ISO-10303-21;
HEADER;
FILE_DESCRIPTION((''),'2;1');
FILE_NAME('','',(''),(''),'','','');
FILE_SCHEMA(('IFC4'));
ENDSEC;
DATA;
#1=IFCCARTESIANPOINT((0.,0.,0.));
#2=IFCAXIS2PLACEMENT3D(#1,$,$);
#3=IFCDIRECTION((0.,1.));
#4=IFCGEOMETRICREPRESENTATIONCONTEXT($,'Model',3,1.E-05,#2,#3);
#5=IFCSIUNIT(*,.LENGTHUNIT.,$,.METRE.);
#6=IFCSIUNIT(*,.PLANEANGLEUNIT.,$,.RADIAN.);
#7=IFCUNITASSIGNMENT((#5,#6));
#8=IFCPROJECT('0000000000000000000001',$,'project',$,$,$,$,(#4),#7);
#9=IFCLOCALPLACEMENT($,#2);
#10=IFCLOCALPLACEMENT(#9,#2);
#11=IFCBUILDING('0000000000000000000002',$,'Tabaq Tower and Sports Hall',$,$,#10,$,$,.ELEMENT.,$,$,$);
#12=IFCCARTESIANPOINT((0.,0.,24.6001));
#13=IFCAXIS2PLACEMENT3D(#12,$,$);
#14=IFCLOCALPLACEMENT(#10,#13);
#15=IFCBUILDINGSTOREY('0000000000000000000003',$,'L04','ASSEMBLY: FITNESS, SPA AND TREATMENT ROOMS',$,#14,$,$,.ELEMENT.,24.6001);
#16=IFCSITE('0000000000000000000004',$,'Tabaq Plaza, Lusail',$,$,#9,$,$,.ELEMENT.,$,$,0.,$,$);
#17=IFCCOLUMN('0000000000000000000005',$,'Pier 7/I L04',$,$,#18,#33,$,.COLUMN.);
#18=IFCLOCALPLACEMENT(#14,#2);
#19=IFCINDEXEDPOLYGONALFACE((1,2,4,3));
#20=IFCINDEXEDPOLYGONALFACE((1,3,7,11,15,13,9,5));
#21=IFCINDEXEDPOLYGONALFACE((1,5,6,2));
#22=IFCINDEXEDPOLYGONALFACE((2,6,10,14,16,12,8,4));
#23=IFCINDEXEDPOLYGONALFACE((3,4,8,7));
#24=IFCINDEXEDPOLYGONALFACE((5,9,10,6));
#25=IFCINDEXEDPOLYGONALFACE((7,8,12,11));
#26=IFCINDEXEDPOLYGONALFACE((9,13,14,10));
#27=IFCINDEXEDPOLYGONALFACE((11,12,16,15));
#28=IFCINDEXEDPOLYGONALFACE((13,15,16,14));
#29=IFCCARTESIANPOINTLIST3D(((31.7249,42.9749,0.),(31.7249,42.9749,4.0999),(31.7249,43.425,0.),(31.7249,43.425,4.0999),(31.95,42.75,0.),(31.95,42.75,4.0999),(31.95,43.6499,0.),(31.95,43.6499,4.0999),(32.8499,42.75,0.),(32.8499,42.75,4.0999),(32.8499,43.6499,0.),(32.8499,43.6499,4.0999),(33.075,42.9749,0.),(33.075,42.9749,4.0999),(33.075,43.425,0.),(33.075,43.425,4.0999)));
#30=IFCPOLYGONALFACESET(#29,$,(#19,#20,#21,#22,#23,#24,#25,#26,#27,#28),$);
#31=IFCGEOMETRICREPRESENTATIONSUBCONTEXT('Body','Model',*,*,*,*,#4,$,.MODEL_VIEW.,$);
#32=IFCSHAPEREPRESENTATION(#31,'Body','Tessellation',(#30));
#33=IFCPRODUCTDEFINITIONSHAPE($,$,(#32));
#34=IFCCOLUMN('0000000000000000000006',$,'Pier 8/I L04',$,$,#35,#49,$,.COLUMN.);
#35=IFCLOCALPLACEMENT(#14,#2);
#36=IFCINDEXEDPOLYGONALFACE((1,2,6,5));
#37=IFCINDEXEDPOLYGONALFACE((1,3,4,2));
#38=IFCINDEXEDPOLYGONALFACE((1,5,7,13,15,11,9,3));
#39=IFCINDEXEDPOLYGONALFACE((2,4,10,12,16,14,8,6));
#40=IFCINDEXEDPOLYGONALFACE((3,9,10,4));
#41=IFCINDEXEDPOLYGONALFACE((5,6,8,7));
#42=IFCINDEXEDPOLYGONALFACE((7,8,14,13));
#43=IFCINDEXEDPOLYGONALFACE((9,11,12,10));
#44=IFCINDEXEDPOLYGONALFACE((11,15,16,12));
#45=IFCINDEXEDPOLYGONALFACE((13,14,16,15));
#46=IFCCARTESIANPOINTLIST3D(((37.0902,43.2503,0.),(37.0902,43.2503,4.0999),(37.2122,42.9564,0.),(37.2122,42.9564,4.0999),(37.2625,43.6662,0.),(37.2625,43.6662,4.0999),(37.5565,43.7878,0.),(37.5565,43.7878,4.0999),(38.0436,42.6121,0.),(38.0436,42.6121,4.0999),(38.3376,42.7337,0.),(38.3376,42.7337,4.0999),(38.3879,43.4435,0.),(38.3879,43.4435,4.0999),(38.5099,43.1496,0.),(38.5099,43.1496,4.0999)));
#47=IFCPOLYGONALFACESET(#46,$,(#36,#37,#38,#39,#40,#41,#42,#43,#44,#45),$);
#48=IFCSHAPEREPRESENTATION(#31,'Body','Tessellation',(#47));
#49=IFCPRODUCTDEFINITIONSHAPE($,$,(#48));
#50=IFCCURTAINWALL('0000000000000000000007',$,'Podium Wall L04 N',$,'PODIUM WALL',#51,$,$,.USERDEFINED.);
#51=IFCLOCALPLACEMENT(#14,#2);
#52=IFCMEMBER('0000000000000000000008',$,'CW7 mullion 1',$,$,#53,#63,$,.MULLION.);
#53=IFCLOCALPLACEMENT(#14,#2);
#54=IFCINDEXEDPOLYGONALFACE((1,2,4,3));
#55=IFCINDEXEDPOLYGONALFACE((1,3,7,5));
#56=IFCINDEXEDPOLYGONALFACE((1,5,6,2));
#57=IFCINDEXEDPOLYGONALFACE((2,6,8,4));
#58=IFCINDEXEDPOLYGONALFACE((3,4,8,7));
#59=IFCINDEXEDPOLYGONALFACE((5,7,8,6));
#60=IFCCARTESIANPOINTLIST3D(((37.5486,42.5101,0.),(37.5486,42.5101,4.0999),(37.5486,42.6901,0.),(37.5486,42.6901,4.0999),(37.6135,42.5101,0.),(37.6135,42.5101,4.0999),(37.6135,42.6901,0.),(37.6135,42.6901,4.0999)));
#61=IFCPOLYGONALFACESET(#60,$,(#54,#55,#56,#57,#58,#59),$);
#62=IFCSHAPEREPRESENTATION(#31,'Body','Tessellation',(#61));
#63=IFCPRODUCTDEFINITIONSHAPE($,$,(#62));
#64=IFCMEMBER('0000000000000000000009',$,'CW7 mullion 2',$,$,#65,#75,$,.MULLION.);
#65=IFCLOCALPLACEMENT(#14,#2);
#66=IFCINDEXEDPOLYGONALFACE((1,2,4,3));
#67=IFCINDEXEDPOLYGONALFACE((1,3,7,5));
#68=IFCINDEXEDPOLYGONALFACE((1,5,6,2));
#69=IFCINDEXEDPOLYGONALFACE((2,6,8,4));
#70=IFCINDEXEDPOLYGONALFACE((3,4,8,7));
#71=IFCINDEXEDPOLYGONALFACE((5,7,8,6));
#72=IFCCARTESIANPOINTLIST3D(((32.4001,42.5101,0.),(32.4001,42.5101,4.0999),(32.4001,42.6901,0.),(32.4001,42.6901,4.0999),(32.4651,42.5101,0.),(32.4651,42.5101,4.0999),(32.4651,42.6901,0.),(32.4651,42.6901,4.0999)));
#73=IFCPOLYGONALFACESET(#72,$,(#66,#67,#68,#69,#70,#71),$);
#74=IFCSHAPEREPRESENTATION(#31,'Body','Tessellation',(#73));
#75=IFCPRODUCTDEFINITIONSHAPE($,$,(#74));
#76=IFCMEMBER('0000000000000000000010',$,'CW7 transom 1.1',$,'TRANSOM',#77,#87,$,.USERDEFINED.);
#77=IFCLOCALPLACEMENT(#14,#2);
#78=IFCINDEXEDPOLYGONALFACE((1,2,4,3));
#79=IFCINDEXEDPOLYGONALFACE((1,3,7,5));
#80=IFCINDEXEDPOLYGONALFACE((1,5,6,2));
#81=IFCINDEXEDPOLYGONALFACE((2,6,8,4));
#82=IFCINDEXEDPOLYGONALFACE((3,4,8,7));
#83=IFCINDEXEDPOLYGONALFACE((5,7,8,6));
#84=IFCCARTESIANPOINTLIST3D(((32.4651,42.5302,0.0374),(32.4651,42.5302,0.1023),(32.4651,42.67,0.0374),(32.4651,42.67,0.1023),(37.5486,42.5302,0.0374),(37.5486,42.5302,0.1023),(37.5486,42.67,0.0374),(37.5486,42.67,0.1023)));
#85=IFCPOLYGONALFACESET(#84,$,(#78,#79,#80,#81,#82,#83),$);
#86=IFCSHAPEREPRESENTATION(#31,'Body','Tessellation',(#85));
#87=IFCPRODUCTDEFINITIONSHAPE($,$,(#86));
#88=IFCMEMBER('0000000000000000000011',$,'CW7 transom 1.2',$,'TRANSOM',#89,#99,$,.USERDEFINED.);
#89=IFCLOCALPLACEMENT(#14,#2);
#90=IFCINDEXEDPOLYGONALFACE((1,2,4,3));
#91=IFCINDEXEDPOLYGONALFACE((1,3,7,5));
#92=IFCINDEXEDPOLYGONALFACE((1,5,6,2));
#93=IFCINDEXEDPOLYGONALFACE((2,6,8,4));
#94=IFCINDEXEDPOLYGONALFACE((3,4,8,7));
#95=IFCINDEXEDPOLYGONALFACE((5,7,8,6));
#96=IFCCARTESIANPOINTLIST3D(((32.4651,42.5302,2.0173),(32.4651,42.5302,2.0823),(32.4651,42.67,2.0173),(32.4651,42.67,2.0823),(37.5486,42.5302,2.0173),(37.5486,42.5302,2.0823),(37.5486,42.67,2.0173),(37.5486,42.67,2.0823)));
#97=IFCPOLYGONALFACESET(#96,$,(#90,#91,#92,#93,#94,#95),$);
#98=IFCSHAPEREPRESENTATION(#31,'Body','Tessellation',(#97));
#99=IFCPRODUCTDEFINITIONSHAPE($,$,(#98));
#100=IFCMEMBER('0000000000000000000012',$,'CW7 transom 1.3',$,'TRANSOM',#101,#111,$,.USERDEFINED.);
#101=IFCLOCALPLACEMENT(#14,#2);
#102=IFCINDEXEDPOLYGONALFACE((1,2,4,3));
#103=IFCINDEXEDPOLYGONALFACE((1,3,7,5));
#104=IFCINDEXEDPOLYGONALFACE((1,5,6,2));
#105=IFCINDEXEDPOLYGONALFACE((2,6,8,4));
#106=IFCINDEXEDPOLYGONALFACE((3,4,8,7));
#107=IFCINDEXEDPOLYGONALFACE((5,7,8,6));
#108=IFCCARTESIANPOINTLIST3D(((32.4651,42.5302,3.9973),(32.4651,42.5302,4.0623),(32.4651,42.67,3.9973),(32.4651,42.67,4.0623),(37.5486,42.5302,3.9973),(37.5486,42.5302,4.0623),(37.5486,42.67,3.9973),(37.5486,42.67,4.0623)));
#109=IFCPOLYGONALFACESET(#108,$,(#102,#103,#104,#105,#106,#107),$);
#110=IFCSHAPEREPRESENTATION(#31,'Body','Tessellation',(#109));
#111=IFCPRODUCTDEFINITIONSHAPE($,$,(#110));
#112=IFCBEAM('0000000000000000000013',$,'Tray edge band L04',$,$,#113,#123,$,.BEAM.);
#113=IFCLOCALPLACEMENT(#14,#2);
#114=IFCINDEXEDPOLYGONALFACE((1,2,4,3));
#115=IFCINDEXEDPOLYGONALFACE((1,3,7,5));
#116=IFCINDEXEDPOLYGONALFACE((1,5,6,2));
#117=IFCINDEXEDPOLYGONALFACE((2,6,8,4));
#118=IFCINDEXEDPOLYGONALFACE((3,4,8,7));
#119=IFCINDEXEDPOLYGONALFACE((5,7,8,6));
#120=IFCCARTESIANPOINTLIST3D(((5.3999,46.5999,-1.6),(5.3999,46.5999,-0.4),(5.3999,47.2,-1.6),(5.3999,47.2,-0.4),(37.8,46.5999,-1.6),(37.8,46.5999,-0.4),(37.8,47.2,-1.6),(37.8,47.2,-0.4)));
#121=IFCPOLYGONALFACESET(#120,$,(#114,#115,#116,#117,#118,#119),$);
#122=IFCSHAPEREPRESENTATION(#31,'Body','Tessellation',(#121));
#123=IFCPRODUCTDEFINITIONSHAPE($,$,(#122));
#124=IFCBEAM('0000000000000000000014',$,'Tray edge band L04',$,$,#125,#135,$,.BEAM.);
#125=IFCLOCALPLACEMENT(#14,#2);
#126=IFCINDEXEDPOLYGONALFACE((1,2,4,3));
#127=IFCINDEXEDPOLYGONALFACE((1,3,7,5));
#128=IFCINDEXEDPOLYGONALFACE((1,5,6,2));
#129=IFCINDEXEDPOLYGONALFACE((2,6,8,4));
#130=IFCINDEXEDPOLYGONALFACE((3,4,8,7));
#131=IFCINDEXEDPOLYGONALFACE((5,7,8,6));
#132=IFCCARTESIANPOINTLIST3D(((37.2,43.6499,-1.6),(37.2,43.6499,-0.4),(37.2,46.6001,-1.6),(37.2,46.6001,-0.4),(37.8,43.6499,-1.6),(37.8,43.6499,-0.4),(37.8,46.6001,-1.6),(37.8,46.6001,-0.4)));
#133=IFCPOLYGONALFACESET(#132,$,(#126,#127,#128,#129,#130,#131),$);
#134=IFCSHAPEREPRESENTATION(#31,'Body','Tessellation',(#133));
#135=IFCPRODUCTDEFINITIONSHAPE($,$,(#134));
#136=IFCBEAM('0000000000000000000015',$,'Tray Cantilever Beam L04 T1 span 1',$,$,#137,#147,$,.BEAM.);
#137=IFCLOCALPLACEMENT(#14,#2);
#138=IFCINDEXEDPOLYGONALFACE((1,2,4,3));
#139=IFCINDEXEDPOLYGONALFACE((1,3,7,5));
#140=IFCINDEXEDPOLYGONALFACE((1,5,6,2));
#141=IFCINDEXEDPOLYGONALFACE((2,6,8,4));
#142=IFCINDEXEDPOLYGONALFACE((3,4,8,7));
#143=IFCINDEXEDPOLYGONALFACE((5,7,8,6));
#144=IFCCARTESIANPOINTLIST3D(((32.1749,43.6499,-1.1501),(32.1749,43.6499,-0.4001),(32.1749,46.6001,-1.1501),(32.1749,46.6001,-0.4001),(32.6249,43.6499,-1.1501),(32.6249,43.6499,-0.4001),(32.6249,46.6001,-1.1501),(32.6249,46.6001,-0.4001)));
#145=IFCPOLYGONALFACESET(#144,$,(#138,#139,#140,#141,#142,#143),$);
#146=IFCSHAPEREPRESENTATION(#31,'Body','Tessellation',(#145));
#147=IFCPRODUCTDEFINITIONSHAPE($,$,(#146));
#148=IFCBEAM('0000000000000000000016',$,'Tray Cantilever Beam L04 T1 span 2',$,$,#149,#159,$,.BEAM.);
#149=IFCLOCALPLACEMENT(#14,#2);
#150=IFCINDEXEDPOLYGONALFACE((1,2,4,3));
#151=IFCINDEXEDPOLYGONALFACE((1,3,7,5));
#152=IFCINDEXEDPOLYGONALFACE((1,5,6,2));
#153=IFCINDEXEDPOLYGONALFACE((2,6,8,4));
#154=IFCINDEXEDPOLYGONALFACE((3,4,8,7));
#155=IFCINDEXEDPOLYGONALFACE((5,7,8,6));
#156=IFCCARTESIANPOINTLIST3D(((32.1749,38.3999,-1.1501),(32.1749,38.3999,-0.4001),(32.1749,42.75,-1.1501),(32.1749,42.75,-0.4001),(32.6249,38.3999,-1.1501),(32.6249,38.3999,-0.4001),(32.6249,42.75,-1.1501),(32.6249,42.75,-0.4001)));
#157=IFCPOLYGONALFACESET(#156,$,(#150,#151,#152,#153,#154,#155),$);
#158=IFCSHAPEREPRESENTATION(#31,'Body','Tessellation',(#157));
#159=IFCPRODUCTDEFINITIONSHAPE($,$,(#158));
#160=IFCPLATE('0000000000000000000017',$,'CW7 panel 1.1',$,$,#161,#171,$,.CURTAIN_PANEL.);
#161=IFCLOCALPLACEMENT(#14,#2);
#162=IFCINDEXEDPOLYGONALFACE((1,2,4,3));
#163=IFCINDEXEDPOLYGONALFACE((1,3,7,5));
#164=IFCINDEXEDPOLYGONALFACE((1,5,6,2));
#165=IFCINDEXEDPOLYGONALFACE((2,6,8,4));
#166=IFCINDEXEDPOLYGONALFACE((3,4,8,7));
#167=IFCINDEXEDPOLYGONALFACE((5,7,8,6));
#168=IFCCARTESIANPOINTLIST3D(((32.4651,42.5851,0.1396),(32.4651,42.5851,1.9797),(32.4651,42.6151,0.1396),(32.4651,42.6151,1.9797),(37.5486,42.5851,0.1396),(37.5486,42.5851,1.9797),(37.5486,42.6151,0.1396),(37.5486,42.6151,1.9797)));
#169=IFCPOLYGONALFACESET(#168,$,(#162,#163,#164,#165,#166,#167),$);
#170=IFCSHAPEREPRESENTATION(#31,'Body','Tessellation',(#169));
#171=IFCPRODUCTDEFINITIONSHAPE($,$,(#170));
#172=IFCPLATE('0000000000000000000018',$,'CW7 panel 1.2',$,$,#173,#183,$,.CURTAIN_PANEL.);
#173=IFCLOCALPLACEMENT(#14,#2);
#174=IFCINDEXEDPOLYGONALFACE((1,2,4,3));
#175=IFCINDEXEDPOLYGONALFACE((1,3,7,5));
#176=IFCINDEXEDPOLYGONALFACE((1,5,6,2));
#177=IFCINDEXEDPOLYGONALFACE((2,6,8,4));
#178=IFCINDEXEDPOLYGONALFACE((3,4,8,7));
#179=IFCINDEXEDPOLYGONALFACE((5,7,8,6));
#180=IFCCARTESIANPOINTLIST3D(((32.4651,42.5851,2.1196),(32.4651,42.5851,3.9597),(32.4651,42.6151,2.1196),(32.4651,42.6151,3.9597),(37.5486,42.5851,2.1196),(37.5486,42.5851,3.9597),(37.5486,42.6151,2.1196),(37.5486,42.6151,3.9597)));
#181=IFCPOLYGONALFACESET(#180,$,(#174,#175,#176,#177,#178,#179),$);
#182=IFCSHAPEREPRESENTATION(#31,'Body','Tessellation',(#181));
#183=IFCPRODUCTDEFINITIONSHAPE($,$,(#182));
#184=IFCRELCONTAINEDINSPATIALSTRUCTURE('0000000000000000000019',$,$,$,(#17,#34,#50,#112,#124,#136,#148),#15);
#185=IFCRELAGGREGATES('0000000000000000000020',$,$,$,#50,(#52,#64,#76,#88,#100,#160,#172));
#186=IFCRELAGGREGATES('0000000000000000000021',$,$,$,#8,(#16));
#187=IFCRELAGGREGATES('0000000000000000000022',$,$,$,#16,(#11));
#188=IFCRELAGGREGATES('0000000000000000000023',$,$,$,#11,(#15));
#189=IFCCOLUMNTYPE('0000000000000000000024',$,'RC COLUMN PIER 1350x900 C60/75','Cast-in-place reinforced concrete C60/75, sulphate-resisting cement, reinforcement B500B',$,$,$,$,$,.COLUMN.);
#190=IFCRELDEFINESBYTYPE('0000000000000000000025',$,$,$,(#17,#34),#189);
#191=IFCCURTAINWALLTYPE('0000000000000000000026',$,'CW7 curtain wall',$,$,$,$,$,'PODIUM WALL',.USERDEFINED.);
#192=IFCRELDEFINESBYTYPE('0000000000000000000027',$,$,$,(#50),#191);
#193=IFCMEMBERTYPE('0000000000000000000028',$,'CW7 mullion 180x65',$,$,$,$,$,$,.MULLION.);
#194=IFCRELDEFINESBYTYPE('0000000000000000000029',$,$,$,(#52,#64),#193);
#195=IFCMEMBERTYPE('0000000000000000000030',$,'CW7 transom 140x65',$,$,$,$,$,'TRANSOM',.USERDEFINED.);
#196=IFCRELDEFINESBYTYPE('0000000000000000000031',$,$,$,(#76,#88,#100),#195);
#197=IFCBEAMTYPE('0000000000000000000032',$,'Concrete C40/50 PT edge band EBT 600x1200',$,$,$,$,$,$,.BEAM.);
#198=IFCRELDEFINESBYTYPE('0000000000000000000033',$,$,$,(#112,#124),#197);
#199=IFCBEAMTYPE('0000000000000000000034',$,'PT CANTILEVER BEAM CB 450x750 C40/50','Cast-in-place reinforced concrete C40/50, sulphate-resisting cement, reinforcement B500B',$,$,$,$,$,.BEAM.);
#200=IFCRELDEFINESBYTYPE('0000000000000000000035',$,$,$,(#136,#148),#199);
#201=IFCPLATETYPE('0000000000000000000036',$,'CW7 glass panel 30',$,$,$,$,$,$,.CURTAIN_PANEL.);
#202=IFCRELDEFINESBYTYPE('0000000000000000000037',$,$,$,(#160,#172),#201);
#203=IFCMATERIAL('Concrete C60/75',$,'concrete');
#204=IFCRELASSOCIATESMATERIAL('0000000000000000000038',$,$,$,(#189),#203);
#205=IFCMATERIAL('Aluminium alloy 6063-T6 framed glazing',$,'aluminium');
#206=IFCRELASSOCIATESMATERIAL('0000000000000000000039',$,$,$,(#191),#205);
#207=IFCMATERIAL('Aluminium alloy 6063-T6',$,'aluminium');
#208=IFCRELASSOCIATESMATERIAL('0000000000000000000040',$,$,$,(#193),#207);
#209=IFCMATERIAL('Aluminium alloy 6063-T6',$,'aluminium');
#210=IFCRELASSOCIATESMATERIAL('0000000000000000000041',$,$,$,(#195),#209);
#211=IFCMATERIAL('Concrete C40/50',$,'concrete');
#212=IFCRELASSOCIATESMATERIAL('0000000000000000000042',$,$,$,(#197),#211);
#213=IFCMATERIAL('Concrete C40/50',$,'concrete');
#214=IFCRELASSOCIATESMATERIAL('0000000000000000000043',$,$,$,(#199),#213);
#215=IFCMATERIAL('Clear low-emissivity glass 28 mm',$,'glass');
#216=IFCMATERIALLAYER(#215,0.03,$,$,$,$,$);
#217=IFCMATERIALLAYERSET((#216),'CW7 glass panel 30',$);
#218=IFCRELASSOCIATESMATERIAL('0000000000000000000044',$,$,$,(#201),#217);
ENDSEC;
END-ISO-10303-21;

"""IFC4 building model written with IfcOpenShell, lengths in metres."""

from ifc_helpers import new_model, si_unit, direction, frame, origin, origin_2d, place, context, subcontext, project, spatial, polyline, rectangle, outline, extrude, material, layer, layer_set, material_profile, profile_set, type_object, element, aggregate, save


model = new_model("IFC4")

# Units and contexts
model_context = context("Model", 3, precision=1e-05, world=origin(), true_north=direction((0.0, 1.0)))
body_context = subcontext(model_context, "Body", "Model", "MODEL_VIEW")
ifc_project = project(units=[si_unit("LENGTHUNIT", "METRE"), si_unit("PLANEANGLEUNIT", "RADIAN")], contexts=[model_context])

# Site, building, storey
site_placement = place(None, origin())
site = spatial("IfcSite", under=ifc_project, at=site_placement, Name="Tabaq Plaza, Lusail", CompositionType="ELEMENT", RefElevation=0.0)
building_placement = place(site_placement, origin())
building = spatial("IfcBuilding", under=site, at=building_placement, Name="Tabaq Tower and Sports Hall", CompositionType="ELEMENT")
storey_placement = place(building_placement, frame((0.0, 0.0, 24.6001)))
storey = spatial("IfcBuildingStorey", under=building, at=storey_placement, Name="L04", Description="ASSEMBLY: FITNESS, SPA AND TREATMENT ROOMS", CompositionType="ELEMENT", Elevation=24.6001)

# Columns
ifc_material_1 = material(Name="Concrete C60/75", Category="concrete")
ifc_material_profile_1 = material_profile(ifc_material_1, outline(polyline([(-0.45, -0.45), (0.45, -0.45), (0.675, -0.2251), (0.675, 0.2251), (0.45, 0.45), (-0.45, 0.45), (-0.675, 0.2251), (-0.675, -0.2251), (-0.45, -0.45)])), Name="PIER 1350x900")
ifc_profile_set_1 = profile_set([ifc_material_profile_1], Name="Concrete C60/75")
column_type = type_object("IfcColumnType", Name="RC COLUMN PIER 1350x900 C60/75", Description="Cast-in-place reinforced concrete C60/75, sulphate-resisting cement, reinforcement B500B", PredefinedType="COLUMN", material=ifc_profile_set_1)
for number, where, z_axis, x_axis, name in (
    (1, (32.3999, 43.2, 0.0), (0.0, 0.0, 1.0), (1.0, 0.0, 0.0), "Pier 7/I L04"),
    (2, (37.8, 43.2, 0.0), (0.0, 0.0, 1.0), (-0.92388, 0.382683, 0.0), "Pier 8/I L04"),
):
    element("IfcColumn", number, at=place(storey_placement, frame(where, z_axis=z_axis, x_axis=x_axis)), inside=storey, type_object=column_type, Name=name, PredefinedType="COLUMN", context=body_context, shape_type="SweptSolid", body=[
        extrude(outline(polyline([(-0.45, -0.45), (0.45, -0.45), (0.675, -0.2251), (0.675, 0.2251), (0.45, 0.45), (-0.45, 0.45), (-0.675, 0.2251), (-0.675, -0.2251), (-0.45, -0.45)])), origin(), (0.0, 0.0, 1.0), 4.0999),
    ])

# Curtain wall, members
ifc_material_2 = material(Name="Aluminium alloy 6063-T6 framed glazing", Category="aluminium")
curtain_wall_type = type_object("IfcCurtainWallType", Name="CW7 curtain wall", ElementType="PODIUM WALL", PredefinedType="USERDEFINED", material=ifc_material_2)
curtain_wall_placement = place(storey_placement, origin())
curtain_wall = element("IfcCurtainWall", 3, at=curtain_wall_placement, inside=storey, type_object=curtain_wall_type, Name="Podium Wall L04 N", ObjectType="PODIUM WALL", PredefinedType="USERDEFINED")
ifc_material_3 = material(Name="Aluminium alloy 6063-T6", Category="aluminium")
ifc_material_profile_2 = material_profile(ifc_material_3, rectangle(XDim=0.1799, YDim=0.0649, at=origin_2d()), Name="MULLION 180x65")
ifc_profile_set_2 = profile_set([ifc_material_profile_2], Name="Aluminium alloy 6063-T6")
member_type_1 = type_object("IfcMemberType", Name="CW7 mullion 180x65", PredefinedType="MULLION", material=ifc_profile_set_2)
member_1_placement = place(storey_placement, frame((37.5811, 42.6001, 0.0), z_axis=(0.0, 0.0, 1.0), x_axis=(0.0, -1.0, 0.0)))
member_1 = element("IfcMember", 4, at=member_1_placement, type_object=member_type_1, Name="CW7 mullion 1", PredefinedType="MULLION", context=body_context, shape_type="SweptSolid", body=[
    extrude(rectangle(XDim=0.1799, YDim=0.0649, at=origin_2d()), origin(), (0.0, 0.0, 1.0), 4.0999),
])
member_2_placement = place(storey_placement, frame((32.4326, 42.6001, 0.0), z_axis=(0.0, 0.0, 1.0), x_axis=(0.0, -1.0, 0.0)))
member_2 = element("IfcMember", 5, at=member_2_placement, type_object=member_type_1, Name="CW7 mullion 2", PredefinedType="MULLION", context=body_context, shape_type="SweptSolid", body=[
    extrude(rectangle(XDim=0.1799, YDim=0.0649, at=origin_2d()), origin(), (0.0, 0.0, 1.0), 4.0999),
])
ifc_material_4 = material(Name="Aluminium alloy 6063-T6", Category="aluminium")
ifc_material_profile_3 = material_profile(ifc_material_4, rectangle(XDim=0.1399, YDim=0.0649, at=origin_2d()), Name="TRANSOM 140x65")
ifc_profile_set_3 = profile_set([ifc_material_profile_3], Name="Aluminium alloy 6063-T6")
member_type_2 = type_object("IfcMemberType", Name="CW7 transom 140x65", ElementType="TRANSOM", PredefinedType="USERDEFINED", material=ifc_profile_set_3)
member_3_placement = place(storey_placement, frame((37.5486, 42.6001, 0.0698), z_axis=(-1.0, 0.0, 0.0), x_axis=(0.0, -1.0, 0.0)))
member_3 = element("IfcMember", 6, at=member_3_placement, type_object=member_type_2, Name="CW7 transom 1.1", ObjectType="TRANSOM", PredefinedType="USERDEFINED", context=body_context, shape_type="SweptSolid", body=[
    extrude(rectangle(XDim=0.1399, YDim=0.0649, at=origin_2d()), origin(), (0.0, 0.0, 1.0), 5.0835),
])
member_4_placement = place(storey_placement, frame((37.5486, 42.6001, 2.0498), z_axis=(-1.0, 0.0, 0.0), x_axis=(0.0, -1.0, 0.0)))
member_4 = element("IfcMember", 7, at=member_4_placement, type_object=member_type_2, Name="CW7 transom 1.2", ObjectType="TRANSOM", PredefinedType="USERDEFINED", context=body_context, shape_type="SweptSolid", body=[
    extrude(rectangle(XDim=0.1399, YDim=0.0649, at=origin_2d()), origin(), (0.0, 0.0, 1.0), 5.0835),
])
member_5_placement = place(storey_placement, frame((37.5486, 42.6001, 4.0298), z_axis=(-1.0, 0.0, 0.0), x_axis=(0.0, -1.0, 0.0)))
member_5 = element("IfcMember", 8, at=member_5_placement, type_object=member_type_2, Name="CW7 transom 1.3", ObjectType="TRANSOM", PredefinedType="USERDEFINED", context=body_context, shape_type="SweptSolid", body=[
    extrude(rectangle(XDim=0.1399, YDim=0.0649, at=origin_2d()), origin(), (0.0, 0.0, 1.0), 5.0835),
])

# Beams
ifc_material_5 = material(Name="Concrete C40/50", Category="concrete")
ifc_material_profile_4 = material_profile(ifc_material_5, rectangle(XDim=0.6001, YDim=1.2, at=origin_2d()), Name="EBT 600x1200")
ifc_profile_set_4 = profile_set([ifc_material_profile_4], Name="Concrete C40/50")
beam_type_1 = type_object("IfcBeamType", Name="Concrete C40/50 PT edge band EBT 600x1200", PredefinedType="BEAM", material=ifc_profile_set_4)
beam_1_placement = place(storey_placement, frame((37.8, 46.8999, -1.0), z_axis=(-1.0, 0.0, 0.0), x_axis=(0.0, -1.0, 0.0)))
element("IfcBeam", 9, at=beam_1_placement, inside=storey, type_object=beam_type_1, Name="Tray edge band L04", PredefinedType="BEAM", context=body_context, shape_type="SweptSolid", body=[
    extrude(rectangle(XDim=0.6001, YDim=1.2, at=origin_2d()), origin(), (0.0, 0.0, 1.0), 32.4001),
])
beam_2_placement = place(storey_placement, frame((37.5, 43.6499, -1.0), z_axis=(0.0, 1.0, 0.0), x_axis=(-1.0, 0.0, 0.0)))
element("IfcBeam", 10, at=beam_2_placement, inside=storey, type_object=beam_type_1, Name="Tray edge band L04", PredefinedType="BEAM", context=body_context, shape_type="SweptSolid", body=[
    extrude(rectangle(XDim=0.6001, YDim=1.2, at=origin_2d()), origin(), (0.0, 0.0, 1.0), 2.9502),
])
ifc_material_6 = material(Name="Concrete C40/50", Category="concrete")
ifc_material_profile_5 = material_profile(ifc_material_6, rectangle(XDim=0.45, YDim=0.75, at=origin_2d()), Name="CB 450x750")
ifc_profile_set_5 = profile_set([ifc_material_profile_5], Name="Concrete C40/50")
beam_type_2 = type_object("IfcBeamType", Name="PT CANTILEVER BEAM CB 450x750 C40/50", Description="Cast-in-place reinforced concrete C40/50, sulphate-resisting cement, reinforcement B500B", PredefinedType="BEAM", material=ifc_profile_set_5)
beam_3_placement = place(storey_placement, frame((32.3999, 46.6001, -0.7751), z_axis=(0.0, -1.0, 0.0), x_axis=(1.0, 0.0, 0.0)))
element("IfcBeam", 11, at=beam_3_placement, inside=storey, type_object=beam_type_2, Name="Tray Cantilever Beam L04 T1 span 1", PredefinedType="BEAM", context=body_context, shape_type="SweptSolid", body=[
    extrude(rectangle(XDim=0.45, YDim=0.75, at=origin_2d()), origin(), (0.0, 0.0, 1.0), 2.9502),
])
beam_4_placement = place(storey_placement, frame((32.3999, 42.75, -0.7751), z_axis=(0.0, -1.0, 0.0), x_axis=(1.0, 0.0, 0.0)))
element("IfcBeam", 12, at=beam_4_placement, inside=storey, type_object=beam_type_2, Name="Tray Cantilever Beam L04 T1 span 2", PredefinedType="BEAM", context=body_context, shape_type="SweptSolid", body=[
    extrude(rectangle(XDim=0.45, YDim=0.75, at=origin_2d()), origin(), (0.0, 0.0, 1.0), 4.3501),
])

# Plates
ifc_material_7 = material(Name="Clear low-emissivity glass 28 mm", Category="glass")
ifc_layer_1 = layer(ifc_material_7, 0.03)
ifc_layer_set_1 = layer_set([ifc_layer_1], Name="CW7 glass panel 30")
plate_type_1 = type_object("IfcPlateType", Name="CW7 glass panel 30", PredefinedType="CURTAIN_PANEL", material=ifc_layer_set_1)
plate_1_placement = place(storey_placement, frame((35.0068, 42.6001, 0.1396), z_axis=(0.0, 0.0, 1.0), x_axis=(-1.0, 0.0, 0.0)))
plate_1 = element("IfcPlate", 13, at=plate_1_placement, type_object=plate_type_1, Name="CW7 panel 1.1", PredefinedType="CURTAIN_PANEL", context=body_context, shape_type="SweptSolid", body=[
    extrude(rectangle(XDim=5.0835, YDim=0.03, at=origin_2d()), origin(), (0.0, 0.0, 1.0), 1.8401),
])
plate_2_placement = place(storey_placement, frame((35.0068, 42.6001, 2.1196), z_axis=(0.0, 0.0, 1.0), x_axis=(-1.0, 0.0, 0.0)))
plate_2 = element("IfcPlate", 14, at=plate_2_placement, type_object=plate_type_1, Name="CW7 panel 1.2", PredefinedType="CURTAIN_PANEL", context=body_context, shape_type="SweptSolid", body=[
    extrude(rectangle(XDim=5.0835, YDim=0.03, at=origin_2d()), origin(), (0.0, 0.0, 1.0), 1.8401),
])
aggregate(curtain_wall, [member_1, member_2, member_3, member_4, member_5, plate_1, plate_2])

save(model, "model.ifc")
